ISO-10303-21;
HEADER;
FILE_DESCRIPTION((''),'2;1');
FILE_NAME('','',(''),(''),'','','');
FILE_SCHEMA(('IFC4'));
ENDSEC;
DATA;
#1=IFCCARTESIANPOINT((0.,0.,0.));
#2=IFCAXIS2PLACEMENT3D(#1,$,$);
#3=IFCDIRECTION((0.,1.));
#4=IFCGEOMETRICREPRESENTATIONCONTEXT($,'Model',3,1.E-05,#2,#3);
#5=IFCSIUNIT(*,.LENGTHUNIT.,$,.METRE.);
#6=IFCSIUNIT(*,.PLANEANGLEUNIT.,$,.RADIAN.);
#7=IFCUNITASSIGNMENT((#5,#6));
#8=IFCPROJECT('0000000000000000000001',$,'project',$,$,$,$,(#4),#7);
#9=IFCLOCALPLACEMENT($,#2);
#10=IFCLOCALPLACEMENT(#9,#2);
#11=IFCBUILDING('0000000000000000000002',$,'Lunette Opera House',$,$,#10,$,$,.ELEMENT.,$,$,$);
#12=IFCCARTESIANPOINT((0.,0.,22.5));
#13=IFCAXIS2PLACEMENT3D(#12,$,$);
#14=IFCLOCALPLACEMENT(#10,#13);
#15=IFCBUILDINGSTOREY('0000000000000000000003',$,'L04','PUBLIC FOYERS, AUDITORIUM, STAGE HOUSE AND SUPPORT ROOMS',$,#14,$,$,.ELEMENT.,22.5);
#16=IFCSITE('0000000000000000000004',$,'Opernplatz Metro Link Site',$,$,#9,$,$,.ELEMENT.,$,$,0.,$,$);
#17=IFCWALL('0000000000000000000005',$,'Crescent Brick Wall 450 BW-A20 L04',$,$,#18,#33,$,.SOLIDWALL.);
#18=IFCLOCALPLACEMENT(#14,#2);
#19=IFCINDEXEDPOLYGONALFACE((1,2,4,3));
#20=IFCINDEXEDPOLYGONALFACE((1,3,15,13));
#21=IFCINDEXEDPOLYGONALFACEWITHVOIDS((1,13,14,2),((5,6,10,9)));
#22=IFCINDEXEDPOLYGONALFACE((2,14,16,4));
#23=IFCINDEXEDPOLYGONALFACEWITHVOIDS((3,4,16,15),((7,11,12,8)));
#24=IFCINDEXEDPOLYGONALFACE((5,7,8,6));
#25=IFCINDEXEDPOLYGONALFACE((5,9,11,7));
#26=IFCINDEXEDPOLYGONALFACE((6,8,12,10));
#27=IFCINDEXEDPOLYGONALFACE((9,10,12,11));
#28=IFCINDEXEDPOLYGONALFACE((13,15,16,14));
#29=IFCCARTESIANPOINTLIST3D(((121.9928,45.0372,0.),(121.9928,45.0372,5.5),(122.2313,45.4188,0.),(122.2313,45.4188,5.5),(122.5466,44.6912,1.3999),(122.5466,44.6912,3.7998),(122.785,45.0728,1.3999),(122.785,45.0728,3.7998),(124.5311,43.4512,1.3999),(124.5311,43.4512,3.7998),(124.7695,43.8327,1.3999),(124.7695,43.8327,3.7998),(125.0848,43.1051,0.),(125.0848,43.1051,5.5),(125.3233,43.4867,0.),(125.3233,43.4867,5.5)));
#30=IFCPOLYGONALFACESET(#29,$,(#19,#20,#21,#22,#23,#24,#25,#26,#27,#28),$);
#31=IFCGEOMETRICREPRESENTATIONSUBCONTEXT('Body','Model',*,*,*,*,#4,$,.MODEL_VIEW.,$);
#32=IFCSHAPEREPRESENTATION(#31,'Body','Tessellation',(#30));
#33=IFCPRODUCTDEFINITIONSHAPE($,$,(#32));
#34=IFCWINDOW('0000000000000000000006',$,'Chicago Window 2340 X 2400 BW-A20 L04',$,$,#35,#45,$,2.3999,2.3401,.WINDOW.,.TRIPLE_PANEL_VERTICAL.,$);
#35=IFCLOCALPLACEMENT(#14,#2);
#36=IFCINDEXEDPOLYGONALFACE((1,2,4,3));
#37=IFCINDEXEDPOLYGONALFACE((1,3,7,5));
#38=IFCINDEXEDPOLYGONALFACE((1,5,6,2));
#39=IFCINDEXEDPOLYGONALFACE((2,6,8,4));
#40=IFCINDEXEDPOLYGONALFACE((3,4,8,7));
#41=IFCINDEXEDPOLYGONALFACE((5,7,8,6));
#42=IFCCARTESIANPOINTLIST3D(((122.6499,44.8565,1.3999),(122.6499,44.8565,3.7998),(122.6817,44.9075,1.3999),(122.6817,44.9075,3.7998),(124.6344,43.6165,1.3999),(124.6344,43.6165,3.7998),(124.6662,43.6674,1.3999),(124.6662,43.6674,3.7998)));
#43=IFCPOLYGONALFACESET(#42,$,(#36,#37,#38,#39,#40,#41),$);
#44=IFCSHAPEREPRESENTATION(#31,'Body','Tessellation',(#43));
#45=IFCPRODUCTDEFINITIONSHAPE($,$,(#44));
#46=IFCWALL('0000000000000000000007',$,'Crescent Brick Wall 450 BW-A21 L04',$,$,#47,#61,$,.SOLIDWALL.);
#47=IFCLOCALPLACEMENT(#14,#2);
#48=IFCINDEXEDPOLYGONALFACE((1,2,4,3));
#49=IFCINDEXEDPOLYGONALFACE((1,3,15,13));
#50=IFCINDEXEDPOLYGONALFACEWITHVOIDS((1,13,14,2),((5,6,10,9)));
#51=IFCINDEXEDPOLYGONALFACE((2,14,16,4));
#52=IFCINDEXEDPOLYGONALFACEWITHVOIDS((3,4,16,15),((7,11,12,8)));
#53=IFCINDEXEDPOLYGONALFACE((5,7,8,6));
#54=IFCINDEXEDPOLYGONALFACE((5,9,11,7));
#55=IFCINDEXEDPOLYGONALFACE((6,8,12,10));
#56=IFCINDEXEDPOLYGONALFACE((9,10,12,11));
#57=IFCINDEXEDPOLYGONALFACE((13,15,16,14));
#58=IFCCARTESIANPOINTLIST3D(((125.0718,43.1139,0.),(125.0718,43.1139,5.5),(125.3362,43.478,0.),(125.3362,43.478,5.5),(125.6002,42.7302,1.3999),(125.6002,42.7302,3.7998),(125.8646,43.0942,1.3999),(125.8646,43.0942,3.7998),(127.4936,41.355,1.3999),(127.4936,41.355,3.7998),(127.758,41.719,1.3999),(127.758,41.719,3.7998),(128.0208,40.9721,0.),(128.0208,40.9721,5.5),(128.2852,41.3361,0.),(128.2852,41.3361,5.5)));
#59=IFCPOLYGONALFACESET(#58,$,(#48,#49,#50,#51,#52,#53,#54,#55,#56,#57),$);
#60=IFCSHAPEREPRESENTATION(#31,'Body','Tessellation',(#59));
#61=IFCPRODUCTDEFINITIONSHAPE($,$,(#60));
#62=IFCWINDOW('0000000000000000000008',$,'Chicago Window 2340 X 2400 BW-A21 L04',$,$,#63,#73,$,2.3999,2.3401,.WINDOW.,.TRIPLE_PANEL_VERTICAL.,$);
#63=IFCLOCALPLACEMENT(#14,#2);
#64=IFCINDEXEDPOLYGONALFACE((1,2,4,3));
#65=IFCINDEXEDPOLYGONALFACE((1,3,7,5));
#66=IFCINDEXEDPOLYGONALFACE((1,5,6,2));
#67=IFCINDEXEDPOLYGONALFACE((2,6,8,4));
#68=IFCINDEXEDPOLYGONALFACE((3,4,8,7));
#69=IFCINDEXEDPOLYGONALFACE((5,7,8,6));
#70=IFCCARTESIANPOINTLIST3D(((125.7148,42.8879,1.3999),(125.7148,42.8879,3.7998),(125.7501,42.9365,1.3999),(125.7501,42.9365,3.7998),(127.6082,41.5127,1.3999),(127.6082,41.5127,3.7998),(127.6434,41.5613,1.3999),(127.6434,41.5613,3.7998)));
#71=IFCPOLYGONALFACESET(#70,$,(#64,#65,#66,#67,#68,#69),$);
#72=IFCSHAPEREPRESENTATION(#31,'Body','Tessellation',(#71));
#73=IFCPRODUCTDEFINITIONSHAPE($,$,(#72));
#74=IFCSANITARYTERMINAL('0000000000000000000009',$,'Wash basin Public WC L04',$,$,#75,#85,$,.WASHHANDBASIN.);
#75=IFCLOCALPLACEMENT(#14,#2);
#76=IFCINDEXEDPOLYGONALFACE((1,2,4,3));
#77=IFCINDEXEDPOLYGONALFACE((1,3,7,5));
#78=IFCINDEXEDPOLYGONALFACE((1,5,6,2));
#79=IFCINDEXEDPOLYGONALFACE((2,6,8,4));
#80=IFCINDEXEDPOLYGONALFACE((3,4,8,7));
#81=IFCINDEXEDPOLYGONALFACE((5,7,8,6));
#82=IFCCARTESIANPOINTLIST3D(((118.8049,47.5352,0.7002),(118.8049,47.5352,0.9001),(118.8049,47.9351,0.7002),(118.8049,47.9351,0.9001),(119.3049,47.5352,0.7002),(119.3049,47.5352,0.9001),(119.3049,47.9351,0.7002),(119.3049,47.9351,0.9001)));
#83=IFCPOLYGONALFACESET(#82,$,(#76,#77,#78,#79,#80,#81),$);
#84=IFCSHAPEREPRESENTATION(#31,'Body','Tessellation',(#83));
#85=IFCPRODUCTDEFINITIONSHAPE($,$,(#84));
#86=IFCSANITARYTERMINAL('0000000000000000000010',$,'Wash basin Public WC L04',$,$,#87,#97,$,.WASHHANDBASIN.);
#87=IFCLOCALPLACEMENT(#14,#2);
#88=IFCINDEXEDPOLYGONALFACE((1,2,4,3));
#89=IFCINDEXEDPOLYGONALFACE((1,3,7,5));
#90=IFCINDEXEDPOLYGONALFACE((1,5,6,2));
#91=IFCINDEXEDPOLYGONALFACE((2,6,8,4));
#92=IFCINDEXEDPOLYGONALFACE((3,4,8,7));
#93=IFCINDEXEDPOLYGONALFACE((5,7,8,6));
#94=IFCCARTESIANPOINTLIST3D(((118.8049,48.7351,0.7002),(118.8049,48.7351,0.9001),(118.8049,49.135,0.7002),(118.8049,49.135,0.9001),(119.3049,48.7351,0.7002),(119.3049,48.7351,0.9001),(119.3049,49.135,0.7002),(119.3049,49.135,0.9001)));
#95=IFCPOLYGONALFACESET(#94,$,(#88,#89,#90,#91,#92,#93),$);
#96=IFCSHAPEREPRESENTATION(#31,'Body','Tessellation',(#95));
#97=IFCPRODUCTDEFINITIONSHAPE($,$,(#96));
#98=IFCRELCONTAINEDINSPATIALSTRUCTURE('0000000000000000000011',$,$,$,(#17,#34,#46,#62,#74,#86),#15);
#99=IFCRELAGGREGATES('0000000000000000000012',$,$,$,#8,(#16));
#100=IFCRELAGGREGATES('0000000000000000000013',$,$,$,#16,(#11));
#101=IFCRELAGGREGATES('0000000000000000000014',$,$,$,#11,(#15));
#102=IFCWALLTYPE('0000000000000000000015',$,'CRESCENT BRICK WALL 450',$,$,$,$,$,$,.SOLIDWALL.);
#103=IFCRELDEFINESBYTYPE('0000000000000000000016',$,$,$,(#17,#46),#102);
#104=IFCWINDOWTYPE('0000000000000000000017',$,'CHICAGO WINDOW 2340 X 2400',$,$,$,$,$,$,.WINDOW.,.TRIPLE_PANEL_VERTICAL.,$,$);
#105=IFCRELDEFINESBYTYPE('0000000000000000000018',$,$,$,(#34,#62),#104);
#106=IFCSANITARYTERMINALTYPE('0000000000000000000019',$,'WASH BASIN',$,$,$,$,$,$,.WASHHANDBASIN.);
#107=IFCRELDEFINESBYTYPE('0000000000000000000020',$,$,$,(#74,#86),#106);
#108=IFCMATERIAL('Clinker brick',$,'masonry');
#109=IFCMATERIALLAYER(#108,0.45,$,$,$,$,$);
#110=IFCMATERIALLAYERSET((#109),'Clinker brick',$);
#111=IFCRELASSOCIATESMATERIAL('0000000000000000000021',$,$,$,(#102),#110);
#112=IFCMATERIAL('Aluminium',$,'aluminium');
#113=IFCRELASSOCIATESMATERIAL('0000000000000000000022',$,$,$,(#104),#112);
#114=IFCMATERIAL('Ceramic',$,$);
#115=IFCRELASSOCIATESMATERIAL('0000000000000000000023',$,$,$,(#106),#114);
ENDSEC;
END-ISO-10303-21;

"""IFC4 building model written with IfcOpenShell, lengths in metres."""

from ifc_helpers import new_model, si_unit, direction, frame, frame_2d, origin, origin_2d, place, context, subcontext, project, spatial, rectangle, extrude, material, layer, layer_set, type_object, element, fill, save


model = new_model("IFC4")

# Units and contexts
model_context = context("Model", 3, precision=1e-05, world=origin(), true_north=direction((0.0, 1.0)))
body_context = subcontext(model_context, "Body", "Model", "MODEL_VIEW")
ifc_project = project(units=[si_unit("LENGTHUNIT", "METRE"), si_unit("PLANEANGLEUNIT", "RADIAN")], contexts=[model_context])

# Site, building, storey
site_placement = place(None, origin())
site = spatial("IfcSite", under=ifc_project, at=site_placement, Name="Opernplatz Metro Link Site", CompositionType="ELEMENT", RefElevation=0.0)
building_placement = place(site_placement, origin())
building = spatial("IfcBuilding", under=site, at=building_placement, Name="Lunette Opera House", CompositionType="ELEMENT")
storey_placement = place(building_placement, frame((0.0, 0.0, 22.5)))
storey = spatial("IfcBuildingStorey", under=building, at=storey_placement, Name="L04", Description="PUBLIC FOYERS, AUDITORIUM, STAGE HOUSE AND SUPPORT ROOMS", CompositionType="ELEMENT", Elevation=22.5)

# Walls, openings, windows
ifc_material_1 = material(Name="Clinker brick", Category="masonry")
ifc_layer_1 = layer(ifc_material_1, 0.45)
ifc_layer_set_1 = layer_set([ifc_layer_1], Name="Clinker brick")
wall_type_1 = type_object("IfcWallType", Name="CRESCENT BRICK WALL 450", PredefinedType="SOLIDWALL", material=ifc_layer_set_1)
ifc_material_2 = material(Name="Aluminium", Category="aluminium")
window_type = type_object("IfcWindowType", Name="CHICAGO WINDOW 2340 X 2400", PartitioningType="TRIPLE_PANEL_VERTICAL", PredefinedType="WINDOW", material=ifc_material_2)
wall_1_placement = place(storey_placement, frame((122.1121, 45.228, 0.0), z_axis=(0.0, 0.0, 1.0), x_axis=(0.848047, -0.529921, 0.0)))
wall_1 = element("IfcWall", 1, at=wall_1_placement, inside=storey, type_object=wall_type_1, Name="Crescent Brick Wall 450 BW-A20 L04", PredefinedType="SOLIDWALL", context=body_context, shape_type="SweptSolid", body=[
    extrude(rectangle(XDim=3.646, YDim=0.45, at=frame_2d((1.823, 0.0))), origin(), (0.0, 0.0, 1.0), 5.5),
])
opening_1_placement = place(wall_1_placement, frame((0.6531, 0.0, 1.3999)))
opening_1 = element("IfcOpeningElement", 2, at=opening_1_placement, cuts=wall_1, PredefinedType="OPENING", context=body_context, shape_type="SweptSolid", body=[
    extrude(rectangle(XDim=2.3401, YDim=2.3999, at=frame_2d((1.1699, 1.2))), frame((0.0, 0.2371, 0.0), z_axis=(0.0, -1.0, 0.0), x_axis=(1.0, 0.0, 0.0)), (0.0, 0.0, 1.0), 0.4739),
])
window_1_placement = place(opening_1_placement, origin())
window_1 = element("IfcWindow", 3, at=window_1_placement, inside=storey, type_object=window_type, Name="Chicago Window 2340 X 2400 BW-A20 L04", OverallHeight=2.3999, OverallWidth=2.3401, PartitioningType="TRIPLE_PANEL_VERTICAL", PredefinedType="WINDOW", context=body_context, shape_type="SweptSolid", body=[
    extrude(rectangle(XDim=2.3401, YDim=2.3999, at=frame_2d((1.1699, 1.2))), frame((0.0, 0.03, 0.0), z_axis=(0.0, -1.0, 0.0), x_axis=(1.0, 0.0, 0.0)), (0.0, 0.0, 1.0), 0.0601),
])
fill(opening_1, window_1)
wall_2_placement = place(storey_placement, frame((125.2041, 43.2959, 0.0), z_axis=(0.0, 0.0, 1.0), x_axis=(0.80911, -0.587658, 0.0)))
wall_2 = element("IfcWall", 4, at=wall_2_placement, inside=storey, type_object=wall_type_1, Name="Crescent Brick Wall 450 BW-A21 L04", PredefinedType="SOLIDWALL", context=body_context, shape_type="SweptSolid", body=[
    extrude(rectangle(XDim=3.6448, YDim=0.45, at=frame_2d((1.8223, 0.0))), origin(), (0.0, 0.0, 1.0), 5.5),
])
opening_2_placement = place(wall_2_placement, frame((0.6531, 0.0, 1.3999)))
opening_2 = element("IfcOpeningElement", 5, at=opening_2_placement, cuts=wall_2, PredefinedType="OPENING", context=body_context, shape_type="SweptSolid", body=[
    extrude(rectangle(XDim=2.3401, YDim=2.3999, at=frame_2d((1.1699, 1.2))), frame((0.0, 0.2371, 0.0), z_axis=(0.0, -1.0, 0.0), x_axis=(1.0, 0.0, 0.0)), (0.0, 0.0, 1.0), 0.4739),
])
window_2_placement = place(opening_2_placement, origin())
window_2 = element("IfcWindow", 6, at=window_2_placement, inside=storey, type_object=window_type, Name="Chicago Window 2340 X 2400 BW-A21 L04", OverallHeight=2.3999, OverallWidth=2.3401, PartitioningType="TRIPLE_PANEL_VERTICAL", PredefinedType="WINDOW", context=body_context, shape_type="SweptSolid", body=[
    extrude(rectangle(XDim=2.3401, YDim=2.3999, at=frame_2d((1.1699, 1.2))), frame((0.0, 0.03, 0.0), z_axis=(0.0, -1.0, 0.0), x_axis=(1.0, 0.0, 0.0)), (0.0, 0.0, 1.0), 0.0601),
])
fill(opening_2, window_2)

# Sanitary terminals
ifc_material_3 = material(Name="Ceramic")
sanitary_terminal_type = type_object("IfcSanitaryTerminalType", Name="WASH BASIN", PredefinedType="WASHHANDBASIN", material=ifc_material_3)
for number, where, z_axis, x_axis, name in (
    (7, (119.0549, 47.7351, 0.7002), (0.0, 0.0, 1.0), (1.0, 0.0, 0.0), "Wash basin Public WC L04"),
    (8, (119.0549, 48.9351, 0.7002), (0.0, 0.0, 1.0), (1.0, 0.0, 0.0), "Wash basin Public WC L04"),
):
    element("IfcSanitaryTerminal", number, at=place(storey_placement, frame(where, z_axis=z_axis, x_axis=x_axis)), inside=storey, type_object=sanitary_terminal_type, Name=name, PredefinedType="WASHHANDBASIN", context=body_context, shape_type="SweptSolid", body=[
        extrude(rectangle(XDim=0.5, YDim=0.3999, at=origin_2d()), origin(), (0.0, 0.0, 1.0), 0.2),
    ])

save(model, "model.ifc")
